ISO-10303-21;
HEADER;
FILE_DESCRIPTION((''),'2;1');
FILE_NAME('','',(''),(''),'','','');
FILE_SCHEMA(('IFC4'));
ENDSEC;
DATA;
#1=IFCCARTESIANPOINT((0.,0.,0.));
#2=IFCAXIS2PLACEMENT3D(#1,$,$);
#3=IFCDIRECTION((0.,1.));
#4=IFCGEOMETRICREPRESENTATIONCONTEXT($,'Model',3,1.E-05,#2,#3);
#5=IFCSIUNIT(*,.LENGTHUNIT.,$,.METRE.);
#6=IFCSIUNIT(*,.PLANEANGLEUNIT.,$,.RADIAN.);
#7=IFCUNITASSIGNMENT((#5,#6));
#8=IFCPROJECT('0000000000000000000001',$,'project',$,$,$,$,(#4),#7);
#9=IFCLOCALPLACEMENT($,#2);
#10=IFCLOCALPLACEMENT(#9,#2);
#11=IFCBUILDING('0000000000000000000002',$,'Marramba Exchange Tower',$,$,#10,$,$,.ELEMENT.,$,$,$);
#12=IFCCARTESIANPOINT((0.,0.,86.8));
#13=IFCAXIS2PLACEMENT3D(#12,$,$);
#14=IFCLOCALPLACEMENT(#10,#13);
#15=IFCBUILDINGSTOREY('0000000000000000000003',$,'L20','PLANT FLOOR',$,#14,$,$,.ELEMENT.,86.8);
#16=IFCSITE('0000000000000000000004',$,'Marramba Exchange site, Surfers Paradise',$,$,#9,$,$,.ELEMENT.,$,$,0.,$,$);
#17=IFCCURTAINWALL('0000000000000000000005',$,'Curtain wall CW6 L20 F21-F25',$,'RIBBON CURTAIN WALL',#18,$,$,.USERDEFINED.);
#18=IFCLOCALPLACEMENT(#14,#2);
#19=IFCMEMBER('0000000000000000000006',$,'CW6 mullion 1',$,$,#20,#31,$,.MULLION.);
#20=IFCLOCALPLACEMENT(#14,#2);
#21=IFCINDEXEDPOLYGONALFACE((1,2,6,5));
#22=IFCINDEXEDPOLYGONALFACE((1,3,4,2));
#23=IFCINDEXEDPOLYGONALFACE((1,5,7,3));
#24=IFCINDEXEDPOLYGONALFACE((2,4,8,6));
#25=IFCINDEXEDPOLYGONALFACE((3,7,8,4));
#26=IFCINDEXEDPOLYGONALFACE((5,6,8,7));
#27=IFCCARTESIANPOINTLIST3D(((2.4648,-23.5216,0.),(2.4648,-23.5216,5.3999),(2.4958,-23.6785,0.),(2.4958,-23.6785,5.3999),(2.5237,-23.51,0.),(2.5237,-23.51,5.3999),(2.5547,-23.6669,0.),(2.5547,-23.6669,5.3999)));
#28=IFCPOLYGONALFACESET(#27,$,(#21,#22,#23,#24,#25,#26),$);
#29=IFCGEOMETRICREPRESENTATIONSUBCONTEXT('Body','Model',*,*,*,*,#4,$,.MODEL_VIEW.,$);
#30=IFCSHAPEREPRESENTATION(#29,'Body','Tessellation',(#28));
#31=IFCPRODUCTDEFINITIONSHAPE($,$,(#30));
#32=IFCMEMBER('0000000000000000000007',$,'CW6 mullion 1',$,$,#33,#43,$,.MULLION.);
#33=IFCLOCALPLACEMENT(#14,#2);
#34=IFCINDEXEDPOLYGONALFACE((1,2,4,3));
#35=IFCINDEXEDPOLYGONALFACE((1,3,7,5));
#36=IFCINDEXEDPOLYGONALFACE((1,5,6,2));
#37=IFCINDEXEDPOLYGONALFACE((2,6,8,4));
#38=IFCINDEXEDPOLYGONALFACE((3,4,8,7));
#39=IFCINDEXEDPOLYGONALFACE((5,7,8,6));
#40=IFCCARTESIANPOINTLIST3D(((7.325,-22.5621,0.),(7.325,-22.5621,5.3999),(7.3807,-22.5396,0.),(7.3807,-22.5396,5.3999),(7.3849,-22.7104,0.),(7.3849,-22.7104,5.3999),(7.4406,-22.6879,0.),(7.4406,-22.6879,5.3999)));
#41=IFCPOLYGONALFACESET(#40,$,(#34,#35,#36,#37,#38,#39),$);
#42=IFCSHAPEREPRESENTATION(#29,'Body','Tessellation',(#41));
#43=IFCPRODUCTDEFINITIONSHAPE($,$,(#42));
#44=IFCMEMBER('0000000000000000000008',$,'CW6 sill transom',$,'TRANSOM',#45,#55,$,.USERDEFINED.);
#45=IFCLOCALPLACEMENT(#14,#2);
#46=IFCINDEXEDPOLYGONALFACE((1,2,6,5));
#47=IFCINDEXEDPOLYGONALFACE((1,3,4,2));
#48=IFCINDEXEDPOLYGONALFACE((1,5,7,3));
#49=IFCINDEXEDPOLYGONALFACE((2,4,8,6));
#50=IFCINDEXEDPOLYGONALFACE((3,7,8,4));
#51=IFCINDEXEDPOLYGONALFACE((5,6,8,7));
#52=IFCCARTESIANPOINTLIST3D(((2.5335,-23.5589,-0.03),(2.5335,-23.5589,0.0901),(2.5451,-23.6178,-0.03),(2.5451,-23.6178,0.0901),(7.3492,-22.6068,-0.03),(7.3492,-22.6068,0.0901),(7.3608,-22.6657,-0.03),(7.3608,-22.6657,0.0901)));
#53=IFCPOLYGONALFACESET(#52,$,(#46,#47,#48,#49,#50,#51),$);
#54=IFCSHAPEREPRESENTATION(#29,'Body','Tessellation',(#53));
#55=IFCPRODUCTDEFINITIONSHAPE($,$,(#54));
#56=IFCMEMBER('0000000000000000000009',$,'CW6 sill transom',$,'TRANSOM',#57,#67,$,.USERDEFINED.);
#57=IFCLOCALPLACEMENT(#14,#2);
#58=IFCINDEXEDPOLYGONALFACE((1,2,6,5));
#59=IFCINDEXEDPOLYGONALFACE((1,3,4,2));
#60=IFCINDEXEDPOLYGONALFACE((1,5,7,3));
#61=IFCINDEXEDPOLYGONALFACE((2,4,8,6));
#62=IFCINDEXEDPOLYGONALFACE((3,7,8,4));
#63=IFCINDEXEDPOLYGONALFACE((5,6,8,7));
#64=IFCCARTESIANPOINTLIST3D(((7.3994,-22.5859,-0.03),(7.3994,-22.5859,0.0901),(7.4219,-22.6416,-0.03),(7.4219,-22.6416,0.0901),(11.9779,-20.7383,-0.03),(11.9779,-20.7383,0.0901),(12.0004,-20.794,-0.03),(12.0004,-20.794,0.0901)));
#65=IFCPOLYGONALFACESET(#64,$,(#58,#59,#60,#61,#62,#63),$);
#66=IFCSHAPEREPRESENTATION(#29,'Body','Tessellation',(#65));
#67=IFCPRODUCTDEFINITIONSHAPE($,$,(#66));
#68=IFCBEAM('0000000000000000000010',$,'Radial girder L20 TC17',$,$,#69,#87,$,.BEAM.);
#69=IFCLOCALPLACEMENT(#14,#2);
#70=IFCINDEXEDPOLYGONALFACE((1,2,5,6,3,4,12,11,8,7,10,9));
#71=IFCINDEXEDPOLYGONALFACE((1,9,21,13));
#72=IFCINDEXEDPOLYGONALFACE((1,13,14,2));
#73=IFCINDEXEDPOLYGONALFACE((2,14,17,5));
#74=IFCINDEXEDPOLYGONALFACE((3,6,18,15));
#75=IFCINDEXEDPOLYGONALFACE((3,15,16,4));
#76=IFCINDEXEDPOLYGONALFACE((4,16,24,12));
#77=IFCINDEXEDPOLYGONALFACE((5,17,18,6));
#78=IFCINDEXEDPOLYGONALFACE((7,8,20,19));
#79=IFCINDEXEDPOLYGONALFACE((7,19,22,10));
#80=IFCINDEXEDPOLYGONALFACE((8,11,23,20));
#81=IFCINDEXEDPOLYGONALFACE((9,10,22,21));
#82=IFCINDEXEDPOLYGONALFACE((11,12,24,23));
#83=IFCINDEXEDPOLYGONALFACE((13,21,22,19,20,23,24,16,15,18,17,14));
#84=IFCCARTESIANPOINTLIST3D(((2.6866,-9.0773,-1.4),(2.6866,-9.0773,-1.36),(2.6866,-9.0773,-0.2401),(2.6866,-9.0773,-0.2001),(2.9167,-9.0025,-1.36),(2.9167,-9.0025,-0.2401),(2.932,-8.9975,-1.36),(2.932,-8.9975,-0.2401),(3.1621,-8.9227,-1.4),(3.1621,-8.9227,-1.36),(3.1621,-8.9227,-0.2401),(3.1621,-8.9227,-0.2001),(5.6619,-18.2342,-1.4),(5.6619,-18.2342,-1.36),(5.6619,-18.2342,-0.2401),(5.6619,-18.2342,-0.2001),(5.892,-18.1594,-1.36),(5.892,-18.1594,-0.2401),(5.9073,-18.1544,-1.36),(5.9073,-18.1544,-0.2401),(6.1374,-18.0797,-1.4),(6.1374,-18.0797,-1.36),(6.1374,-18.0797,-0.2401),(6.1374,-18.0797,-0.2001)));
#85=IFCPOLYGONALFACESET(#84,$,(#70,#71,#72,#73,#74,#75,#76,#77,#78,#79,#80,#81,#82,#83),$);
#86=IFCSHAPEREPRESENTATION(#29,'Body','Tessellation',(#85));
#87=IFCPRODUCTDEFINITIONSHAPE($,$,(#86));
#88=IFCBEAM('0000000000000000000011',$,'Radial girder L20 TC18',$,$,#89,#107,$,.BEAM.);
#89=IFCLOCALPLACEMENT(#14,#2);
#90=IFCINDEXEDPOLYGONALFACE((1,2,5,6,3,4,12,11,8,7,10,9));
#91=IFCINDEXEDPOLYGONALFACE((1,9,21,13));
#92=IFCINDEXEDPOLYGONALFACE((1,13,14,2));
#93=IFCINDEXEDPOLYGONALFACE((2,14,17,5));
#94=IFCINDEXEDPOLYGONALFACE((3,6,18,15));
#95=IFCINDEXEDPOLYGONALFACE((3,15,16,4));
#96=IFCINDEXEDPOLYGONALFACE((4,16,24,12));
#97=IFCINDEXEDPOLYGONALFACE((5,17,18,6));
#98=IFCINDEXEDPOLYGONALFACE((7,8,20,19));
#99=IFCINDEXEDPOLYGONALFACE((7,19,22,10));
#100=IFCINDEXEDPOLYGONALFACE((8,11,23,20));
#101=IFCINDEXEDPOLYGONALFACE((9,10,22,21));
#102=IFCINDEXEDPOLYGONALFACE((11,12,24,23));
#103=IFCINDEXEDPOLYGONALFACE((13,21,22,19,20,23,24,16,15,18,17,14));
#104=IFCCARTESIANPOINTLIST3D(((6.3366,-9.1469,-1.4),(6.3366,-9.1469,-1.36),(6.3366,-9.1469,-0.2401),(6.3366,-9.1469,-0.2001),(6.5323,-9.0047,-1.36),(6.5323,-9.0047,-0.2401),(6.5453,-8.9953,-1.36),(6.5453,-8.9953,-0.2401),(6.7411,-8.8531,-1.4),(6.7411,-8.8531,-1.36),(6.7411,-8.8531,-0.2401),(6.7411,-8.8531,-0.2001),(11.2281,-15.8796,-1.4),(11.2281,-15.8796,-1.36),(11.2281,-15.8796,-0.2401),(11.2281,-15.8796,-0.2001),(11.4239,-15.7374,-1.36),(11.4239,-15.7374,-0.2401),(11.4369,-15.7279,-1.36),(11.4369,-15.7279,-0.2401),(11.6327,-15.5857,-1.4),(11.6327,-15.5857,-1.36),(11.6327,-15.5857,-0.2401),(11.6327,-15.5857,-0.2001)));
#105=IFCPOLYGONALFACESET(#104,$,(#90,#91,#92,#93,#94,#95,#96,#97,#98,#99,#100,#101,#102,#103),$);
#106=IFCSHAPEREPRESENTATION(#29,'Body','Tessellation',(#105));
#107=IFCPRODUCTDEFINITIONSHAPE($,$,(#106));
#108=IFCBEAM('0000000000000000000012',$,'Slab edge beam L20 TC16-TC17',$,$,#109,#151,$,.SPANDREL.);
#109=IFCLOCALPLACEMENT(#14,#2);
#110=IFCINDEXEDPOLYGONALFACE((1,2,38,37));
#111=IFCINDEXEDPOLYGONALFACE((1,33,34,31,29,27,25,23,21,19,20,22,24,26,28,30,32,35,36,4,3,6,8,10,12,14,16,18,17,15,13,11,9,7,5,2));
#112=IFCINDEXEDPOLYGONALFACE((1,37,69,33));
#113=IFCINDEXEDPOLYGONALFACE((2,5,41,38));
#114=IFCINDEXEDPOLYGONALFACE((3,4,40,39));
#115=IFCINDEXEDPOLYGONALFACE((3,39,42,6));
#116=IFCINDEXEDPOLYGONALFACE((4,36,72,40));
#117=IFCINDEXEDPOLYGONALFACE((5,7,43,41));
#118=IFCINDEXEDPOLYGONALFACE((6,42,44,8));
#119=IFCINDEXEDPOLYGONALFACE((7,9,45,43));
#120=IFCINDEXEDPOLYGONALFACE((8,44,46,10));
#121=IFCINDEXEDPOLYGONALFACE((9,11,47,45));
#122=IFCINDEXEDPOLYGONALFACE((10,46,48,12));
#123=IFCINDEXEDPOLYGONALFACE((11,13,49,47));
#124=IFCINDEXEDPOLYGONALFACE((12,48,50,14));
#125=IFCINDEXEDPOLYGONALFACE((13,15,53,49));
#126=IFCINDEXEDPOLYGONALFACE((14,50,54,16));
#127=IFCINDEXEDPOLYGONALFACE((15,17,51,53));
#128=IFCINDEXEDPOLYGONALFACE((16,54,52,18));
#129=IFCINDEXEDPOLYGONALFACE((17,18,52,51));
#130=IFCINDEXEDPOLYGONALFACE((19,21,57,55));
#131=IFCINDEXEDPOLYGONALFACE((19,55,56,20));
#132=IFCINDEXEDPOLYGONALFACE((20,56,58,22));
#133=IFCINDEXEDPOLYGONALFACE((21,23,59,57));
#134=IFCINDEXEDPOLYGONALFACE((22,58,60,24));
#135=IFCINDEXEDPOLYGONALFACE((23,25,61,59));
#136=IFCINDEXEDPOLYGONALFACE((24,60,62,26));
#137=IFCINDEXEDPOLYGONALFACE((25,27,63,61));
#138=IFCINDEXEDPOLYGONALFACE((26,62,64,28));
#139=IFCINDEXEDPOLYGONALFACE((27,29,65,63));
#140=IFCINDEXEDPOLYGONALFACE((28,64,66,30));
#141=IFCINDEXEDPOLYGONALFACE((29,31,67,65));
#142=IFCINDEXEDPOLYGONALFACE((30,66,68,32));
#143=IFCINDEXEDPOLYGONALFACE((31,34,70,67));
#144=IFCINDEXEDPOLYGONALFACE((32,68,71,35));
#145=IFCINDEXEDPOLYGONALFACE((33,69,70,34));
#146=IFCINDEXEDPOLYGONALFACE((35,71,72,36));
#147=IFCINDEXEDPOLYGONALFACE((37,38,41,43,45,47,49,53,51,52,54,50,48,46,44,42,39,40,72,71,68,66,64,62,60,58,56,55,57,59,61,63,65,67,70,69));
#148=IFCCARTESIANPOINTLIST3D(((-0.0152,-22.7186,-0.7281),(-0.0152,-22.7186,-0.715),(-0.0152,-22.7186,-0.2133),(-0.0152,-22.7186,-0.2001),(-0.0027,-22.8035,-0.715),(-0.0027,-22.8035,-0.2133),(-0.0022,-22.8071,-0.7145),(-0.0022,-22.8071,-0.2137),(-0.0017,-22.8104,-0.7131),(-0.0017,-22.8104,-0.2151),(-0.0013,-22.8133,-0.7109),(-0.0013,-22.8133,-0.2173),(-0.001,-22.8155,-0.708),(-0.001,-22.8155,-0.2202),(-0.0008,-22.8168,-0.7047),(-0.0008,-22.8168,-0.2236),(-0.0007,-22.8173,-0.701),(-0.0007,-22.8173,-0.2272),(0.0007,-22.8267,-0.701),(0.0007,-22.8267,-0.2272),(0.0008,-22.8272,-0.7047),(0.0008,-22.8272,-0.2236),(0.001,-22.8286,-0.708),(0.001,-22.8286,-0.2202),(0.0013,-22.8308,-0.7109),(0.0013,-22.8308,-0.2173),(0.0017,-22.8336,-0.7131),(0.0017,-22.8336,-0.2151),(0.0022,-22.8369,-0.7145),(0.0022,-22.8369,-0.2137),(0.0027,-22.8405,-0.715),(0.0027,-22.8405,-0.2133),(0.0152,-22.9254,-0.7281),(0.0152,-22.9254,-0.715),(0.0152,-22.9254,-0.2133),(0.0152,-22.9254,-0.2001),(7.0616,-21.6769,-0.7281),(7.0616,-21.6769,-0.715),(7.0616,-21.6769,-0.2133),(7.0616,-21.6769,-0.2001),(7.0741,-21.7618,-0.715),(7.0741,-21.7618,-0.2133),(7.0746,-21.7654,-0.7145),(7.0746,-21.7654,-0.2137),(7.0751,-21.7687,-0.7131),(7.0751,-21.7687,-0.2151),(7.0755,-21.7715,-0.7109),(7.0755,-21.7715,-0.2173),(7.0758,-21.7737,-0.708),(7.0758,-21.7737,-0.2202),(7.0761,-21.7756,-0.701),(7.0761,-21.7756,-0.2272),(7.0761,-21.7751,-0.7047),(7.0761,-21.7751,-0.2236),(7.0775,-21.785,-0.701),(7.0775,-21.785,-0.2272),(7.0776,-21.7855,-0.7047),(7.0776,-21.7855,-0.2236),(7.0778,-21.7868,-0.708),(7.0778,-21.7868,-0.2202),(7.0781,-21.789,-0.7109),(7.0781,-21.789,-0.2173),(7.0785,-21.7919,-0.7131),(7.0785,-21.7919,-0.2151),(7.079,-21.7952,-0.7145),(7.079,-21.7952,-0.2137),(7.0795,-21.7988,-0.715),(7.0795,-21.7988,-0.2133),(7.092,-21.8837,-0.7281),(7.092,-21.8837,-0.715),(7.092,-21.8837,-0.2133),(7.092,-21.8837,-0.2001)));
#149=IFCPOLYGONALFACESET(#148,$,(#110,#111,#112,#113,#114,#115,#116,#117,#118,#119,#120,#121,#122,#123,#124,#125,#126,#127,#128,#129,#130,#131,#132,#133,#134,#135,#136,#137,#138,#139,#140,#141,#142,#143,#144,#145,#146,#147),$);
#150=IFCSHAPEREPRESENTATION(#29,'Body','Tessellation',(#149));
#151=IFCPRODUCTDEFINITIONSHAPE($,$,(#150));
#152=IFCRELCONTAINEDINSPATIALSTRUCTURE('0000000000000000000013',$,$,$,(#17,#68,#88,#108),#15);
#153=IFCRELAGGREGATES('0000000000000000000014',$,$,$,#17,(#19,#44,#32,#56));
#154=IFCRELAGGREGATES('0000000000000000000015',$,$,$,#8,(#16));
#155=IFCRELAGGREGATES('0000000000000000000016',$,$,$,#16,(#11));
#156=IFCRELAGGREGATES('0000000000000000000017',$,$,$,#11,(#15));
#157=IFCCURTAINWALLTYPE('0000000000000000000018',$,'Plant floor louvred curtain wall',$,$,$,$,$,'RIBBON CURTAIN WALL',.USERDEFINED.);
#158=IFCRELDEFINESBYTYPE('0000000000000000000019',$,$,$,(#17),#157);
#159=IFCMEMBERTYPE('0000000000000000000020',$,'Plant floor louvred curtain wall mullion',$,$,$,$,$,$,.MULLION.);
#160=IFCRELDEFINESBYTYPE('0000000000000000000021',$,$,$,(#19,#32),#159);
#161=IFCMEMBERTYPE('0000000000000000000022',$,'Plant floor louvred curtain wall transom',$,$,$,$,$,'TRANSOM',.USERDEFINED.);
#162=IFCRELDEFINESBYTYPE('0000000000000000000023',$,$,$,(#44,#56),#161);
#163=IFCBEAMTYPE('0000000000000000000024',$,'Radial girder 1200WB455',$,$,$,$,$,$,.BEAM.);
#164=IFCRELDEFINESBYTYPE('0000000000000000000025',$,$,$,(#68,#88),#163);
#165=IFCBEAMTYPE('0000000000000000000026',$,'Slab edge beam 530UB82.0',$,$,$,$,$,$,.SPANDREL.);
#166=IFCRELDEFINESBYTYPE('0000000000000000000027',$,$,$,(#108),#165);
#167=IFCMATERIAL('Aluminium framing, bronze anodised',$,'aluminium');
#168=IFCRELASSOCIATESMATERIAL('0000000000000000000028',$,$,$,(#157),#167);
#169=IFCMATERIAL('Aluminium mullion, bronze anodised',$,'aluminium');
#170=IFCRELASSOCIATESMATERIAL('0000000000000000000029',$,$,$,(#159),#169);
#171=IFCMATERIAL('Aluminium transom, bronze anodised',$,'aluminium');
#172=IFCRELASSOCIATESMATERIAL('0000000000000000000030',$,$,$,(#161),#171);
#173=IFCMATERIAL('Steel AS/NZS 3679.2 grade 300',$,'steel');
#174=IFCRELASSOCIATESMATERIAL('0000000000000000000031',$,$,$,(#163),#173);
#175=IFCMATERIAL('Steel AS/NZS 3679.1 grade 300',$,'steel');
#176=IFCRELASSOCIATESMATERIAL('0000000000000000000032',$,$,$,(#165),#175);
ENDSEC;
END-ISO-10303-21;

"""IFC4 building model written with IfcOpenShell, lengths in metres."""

from ifc_helpers import new_model, si_unit, direction, frame, origin, origin_2d, place, context, subcontext, project, spatial, rectangle, i_section, extrude, material, material_profile, profile_set, type_object, element, aggregate, save


model = new_model("IFC4")

# Units and contexts
model_context = context("Model", 3, precision=1e-05, world=origin(), true_north=direction((0.0, 1.0)))
body_context = subcontext(model_context, "Body", "Model", "MODEL_VIEW")
ifc_project = project(units=[si_unit("LENGTHUNIT", "METRE"), si_unit("PLANEANGLEUNIT", "RADIAN")], contexts=[model_context])

# Site, building, storey
site_placement = place(None, origin())
site = spatial("IfcSite", under=ifc_project, at=site_placement, Name="Marramba Exchange site, Surfers Paradise", CompositionType="ELEMENT", RefElevation=0.0)
building_placement = place(site_placement, origin())
building = spatial("IfcBuilding", under=site, at=building_placement, Name="Marramba Exchange Tower", CompositionType="ELEMENT")
storey_placement = place(building_placement, frame((0.0, 0.0, 86.8)))
storey = spatial("IfcBuildingStorey", under=building, at=storey_placement, Name="L20", Description="PLANT FLOOR", CompositionType="ELEMENT", Elevation=86.8)

# Shared definitions
ifc_material_1 = material(Name="Steel AS/NZS 3679.2 grade 300", Category="steel")

# Shared definitions
ifc_material_2 = material(Name="Steel AS/NZS 3679.1 grade 300", Category="steel")

# Curtain wall, members
ifc_material_3 = material(Name="Aluminium framing, bronze anodised", Category="aluminium")
curtain_wall_type = type_object("IfcCurtainWallType", Name="Plant floor louvred curtain wall", ElementType="RIBBON CURTAIN WALL", PredefinedType="USERDEFINED", material=ifc_material_3)
curtain_wall_placement = place(storey_placement, origin())
curtain_wall = element("IfcCurtainWall", 1, at=curtain_wall_placement, inside=storey, type_object=curtain_wall_type, Name="Curtain wall CW6 L20 F21-F25", ObjectType="RIBBON CURTAIN WALL", PredefinedType="USERDEFINED")
ifc_material_4 = material(Name="Aluminium mullion, bronze anodised", Category="aluminium")
ifc_material_profile_1 = material_profile(ifc_material_4, rectangle(XDim=0.1599, YDim=0.0601, at=origin_2d()), Name="CW6 mullion 60x160")
ifc_profile_set_1 = profile_set([ifc_material_profile_1], Name="Aluminium mullion, bronze anodised")
member_type_1 = type_object("IfcMemberType", Name="Plant floor louvred curtain wall mullion", PredefinedType="MULLION", material=ifc_profile_set_1)
member_1_placement = place(storey_placement, frame((2.5098, -23.5942, 0.0), z_axis=(0.0, 0.0, 1.0), x_axis=(-0.193961, 0.981009, 0.0)))
member_1 = element("IfcMember", 2, at=member_1_placement, type_object=member_type_1, Name="CW6 mullion 1", PredefinedType="MULLION", context=body_context, shape_type="SweptSolid", body=[
    extrude(rectangle(XDim=0.1599, YDim=0.0601, at=origin_2d()), origin(), (0.0, 0.0, 1.0), 5.3999),
])
member_2_placement = place(storey_placement, frame((7.3828, -22.625, 0.0), z_axis=(0.0, 0.0, 1.0), x_axis=(-0.374218, 0.927341, 0.0)))
member_2 = element("IfcMember", 3, at=member_2_placement, type_object=member_type_1, Name="CW6 mullion 1", PredefinedType="MULLION", context=body_context, shape_type="SweptSolid", body=[
    extrude(rectangle(XDim=0.1599, YDim=0.0601, at=origin_2d()), origin(), (0.0, 0.0, 1.0), 5.3999),
])
ifc_material_5 = material(Name="Aluminium transom, bronze anodised", Category="aluminium")
ifc_material_profile_2 = material_profile(ifc_material_5, rectangle(XDim=0.0601, YDim=0.1201, at=origin_2d()), Name="CW6 transom 60x120")
ifc_profile_set_2 = profile_set([ifc_material_profile_2], Name="Aluminium transom, bronze anodised")
member_type_2 = type_object("IfcMemberType", Name="Plant floor louvred curtain wall transom", ElementType="TRANSOM", PredefinedType="USERDEFINED", material=ifc_profile_set_2)
member_3_placement = place(storey_placement, frame((2.5393, -23.5884, 0.03), z_axis=(0.981009, 0.193964, 0.0), x_axis=(-0.193964, 0.981009, 0.0)))
member_3 = element("IfcMember", 4, at=member_3_placement, type_object=member_type_2, Name="CW6 sill transom", ObjectType="TRANSOM", PredefinedType="USERDEFINED", context=body_context, shape_type="SweptSolid", body=[
    extrude(rectangle(XDim=0.0601, YDim=0.1201, at=origin_2d()), origin(), (0.0, 0.0, 1.0), 4.9089),
])
member_4_placement = place(storey_placement, frame((7.4106, -22.6138, 0.03), z_axis=(0.92734, 0.374219, 0.0), x_axis=(-0.374219, 0.92734, 0.0)))
member_4 = element("IfcMember", 5, at=member_4_placement, type_object=member_type_2, Name="CW6 sill transom", ObjectType="TRANSOM", PredefinedType="USERDEFINED", context=body_context, shape_type="SweptSolid", body=[
    extrude(rectangle(XDim=0.0601, YDim=0.1201, at=origin_2d()), origin(), (0.0, 0.0, 1.0), 4.9373),
])

# Beams
ifc_material_profile_3 = material_profile(ifc_material_1, i_section(OverallWidth=0.5, OverallDepth=1.2, WebThickness=0.0161, FlangeThickness=0.04, at=origin_2d()), Name="1200WB455")
ifc_profile_set_3 = profile_set([ifc_material_profile_3], Name="Steel AS/NZS 3679.2 grade 300")
beam_type_1 = type_object("IfcBeamType", Name="Radial girder 1200WB455", PredefinedType="BEAM", material=ifc_profile_set_3)
beam_1_placement = place(storey_placement, frame((2.9243, -9.0, -0.8), z_axis=(0.309022, -0.951055, 0.0), x_axis=(0.951055, 0.309022, 0.0)))
element("IfcBeam", 6, at=beam_1_placement, inside=storey, type_object=beam_type_1, Name="Radial girder L20 TC17", PredefinedType="BEAM", context=body_context, shape_type="SweptSolid", body=[
    extrude(i_section(OverallWidth=0.5, OverallDepth=1.2, WebThickness=0.0161, FlangeThickness=0.04, at=origin_2d()), origin(), (0.0, 0.0, 1.0), 9.6282),
])
beam_2_placement = place(storey_placement, frame((6.5388, -9.0, -0.8), z_axis=(0.587788, -0.809015, 0.0), x_axis=(0.809015, 0.587788, 0.0)))
element("IfcBeam", 7, at=beam_2_placement, inside=storey, type_object=beam_type_1, Name="Radial girder L20 TC18", PredefinedType="BEAM", context=body_context, shape_type="SweptSolid", body=[
    extrude(i_section(OverallWidth=0.5, OverallDepth=1.2, WebThickness=0.0161, FlangeThickness=0.04, at=origin_2d()), origin(), (0.0, 0.0, 1.0), 8.322),
])
ifc_material_profile_4 = material_profile(ifc_material_2, i_section(OverallWidth=0.209, OverallDepth=0.5281, WebThickness=0.0095, FlangeThickness=0.0132, FilletRadius=0.0139, at=origin_2d()), Name="530UB82.0")
ifc_profile_set_4 = profile_set([ifc_material_profile_4], Name="Steel AS/NZS 3679.1 grade 300")
beam_type_2 = type_object("IfcBeamType", Name="Slab edge beam 530UB82.0", PredefinedType="SPANDREL", material=ifc_profile_set_4)
beam_3_placement = place(storey_placement, frame((0.0, -22.822, -0.4641), z_axis=(0.989338, 0.145634, 0.0), x_axis=(-0.145634, 0.989338, 0.0)))
element("IfcBeam", 8, at=beam_3_placement, inside=storey, type_object=beam_type_2, Name="Slab edge beam L20 TC16-TC17", PredefinedType="SPANDREL", context=body_context, shape_type="SweptSolid", body=[
    extrude(i_section(OverallWidth=0.209, OverallDepth=0.5281, WebThickness=0.0095, FlangeThickness=0.0132, FilletRadius=0.0139, at=origin_2d()), origin(), (0.0, 0.0, 1.0), 7.1531),
])

aggregate(curtain_wall, [member_1, member_3, member_2, member_4])

save(model, "model.ifc")
